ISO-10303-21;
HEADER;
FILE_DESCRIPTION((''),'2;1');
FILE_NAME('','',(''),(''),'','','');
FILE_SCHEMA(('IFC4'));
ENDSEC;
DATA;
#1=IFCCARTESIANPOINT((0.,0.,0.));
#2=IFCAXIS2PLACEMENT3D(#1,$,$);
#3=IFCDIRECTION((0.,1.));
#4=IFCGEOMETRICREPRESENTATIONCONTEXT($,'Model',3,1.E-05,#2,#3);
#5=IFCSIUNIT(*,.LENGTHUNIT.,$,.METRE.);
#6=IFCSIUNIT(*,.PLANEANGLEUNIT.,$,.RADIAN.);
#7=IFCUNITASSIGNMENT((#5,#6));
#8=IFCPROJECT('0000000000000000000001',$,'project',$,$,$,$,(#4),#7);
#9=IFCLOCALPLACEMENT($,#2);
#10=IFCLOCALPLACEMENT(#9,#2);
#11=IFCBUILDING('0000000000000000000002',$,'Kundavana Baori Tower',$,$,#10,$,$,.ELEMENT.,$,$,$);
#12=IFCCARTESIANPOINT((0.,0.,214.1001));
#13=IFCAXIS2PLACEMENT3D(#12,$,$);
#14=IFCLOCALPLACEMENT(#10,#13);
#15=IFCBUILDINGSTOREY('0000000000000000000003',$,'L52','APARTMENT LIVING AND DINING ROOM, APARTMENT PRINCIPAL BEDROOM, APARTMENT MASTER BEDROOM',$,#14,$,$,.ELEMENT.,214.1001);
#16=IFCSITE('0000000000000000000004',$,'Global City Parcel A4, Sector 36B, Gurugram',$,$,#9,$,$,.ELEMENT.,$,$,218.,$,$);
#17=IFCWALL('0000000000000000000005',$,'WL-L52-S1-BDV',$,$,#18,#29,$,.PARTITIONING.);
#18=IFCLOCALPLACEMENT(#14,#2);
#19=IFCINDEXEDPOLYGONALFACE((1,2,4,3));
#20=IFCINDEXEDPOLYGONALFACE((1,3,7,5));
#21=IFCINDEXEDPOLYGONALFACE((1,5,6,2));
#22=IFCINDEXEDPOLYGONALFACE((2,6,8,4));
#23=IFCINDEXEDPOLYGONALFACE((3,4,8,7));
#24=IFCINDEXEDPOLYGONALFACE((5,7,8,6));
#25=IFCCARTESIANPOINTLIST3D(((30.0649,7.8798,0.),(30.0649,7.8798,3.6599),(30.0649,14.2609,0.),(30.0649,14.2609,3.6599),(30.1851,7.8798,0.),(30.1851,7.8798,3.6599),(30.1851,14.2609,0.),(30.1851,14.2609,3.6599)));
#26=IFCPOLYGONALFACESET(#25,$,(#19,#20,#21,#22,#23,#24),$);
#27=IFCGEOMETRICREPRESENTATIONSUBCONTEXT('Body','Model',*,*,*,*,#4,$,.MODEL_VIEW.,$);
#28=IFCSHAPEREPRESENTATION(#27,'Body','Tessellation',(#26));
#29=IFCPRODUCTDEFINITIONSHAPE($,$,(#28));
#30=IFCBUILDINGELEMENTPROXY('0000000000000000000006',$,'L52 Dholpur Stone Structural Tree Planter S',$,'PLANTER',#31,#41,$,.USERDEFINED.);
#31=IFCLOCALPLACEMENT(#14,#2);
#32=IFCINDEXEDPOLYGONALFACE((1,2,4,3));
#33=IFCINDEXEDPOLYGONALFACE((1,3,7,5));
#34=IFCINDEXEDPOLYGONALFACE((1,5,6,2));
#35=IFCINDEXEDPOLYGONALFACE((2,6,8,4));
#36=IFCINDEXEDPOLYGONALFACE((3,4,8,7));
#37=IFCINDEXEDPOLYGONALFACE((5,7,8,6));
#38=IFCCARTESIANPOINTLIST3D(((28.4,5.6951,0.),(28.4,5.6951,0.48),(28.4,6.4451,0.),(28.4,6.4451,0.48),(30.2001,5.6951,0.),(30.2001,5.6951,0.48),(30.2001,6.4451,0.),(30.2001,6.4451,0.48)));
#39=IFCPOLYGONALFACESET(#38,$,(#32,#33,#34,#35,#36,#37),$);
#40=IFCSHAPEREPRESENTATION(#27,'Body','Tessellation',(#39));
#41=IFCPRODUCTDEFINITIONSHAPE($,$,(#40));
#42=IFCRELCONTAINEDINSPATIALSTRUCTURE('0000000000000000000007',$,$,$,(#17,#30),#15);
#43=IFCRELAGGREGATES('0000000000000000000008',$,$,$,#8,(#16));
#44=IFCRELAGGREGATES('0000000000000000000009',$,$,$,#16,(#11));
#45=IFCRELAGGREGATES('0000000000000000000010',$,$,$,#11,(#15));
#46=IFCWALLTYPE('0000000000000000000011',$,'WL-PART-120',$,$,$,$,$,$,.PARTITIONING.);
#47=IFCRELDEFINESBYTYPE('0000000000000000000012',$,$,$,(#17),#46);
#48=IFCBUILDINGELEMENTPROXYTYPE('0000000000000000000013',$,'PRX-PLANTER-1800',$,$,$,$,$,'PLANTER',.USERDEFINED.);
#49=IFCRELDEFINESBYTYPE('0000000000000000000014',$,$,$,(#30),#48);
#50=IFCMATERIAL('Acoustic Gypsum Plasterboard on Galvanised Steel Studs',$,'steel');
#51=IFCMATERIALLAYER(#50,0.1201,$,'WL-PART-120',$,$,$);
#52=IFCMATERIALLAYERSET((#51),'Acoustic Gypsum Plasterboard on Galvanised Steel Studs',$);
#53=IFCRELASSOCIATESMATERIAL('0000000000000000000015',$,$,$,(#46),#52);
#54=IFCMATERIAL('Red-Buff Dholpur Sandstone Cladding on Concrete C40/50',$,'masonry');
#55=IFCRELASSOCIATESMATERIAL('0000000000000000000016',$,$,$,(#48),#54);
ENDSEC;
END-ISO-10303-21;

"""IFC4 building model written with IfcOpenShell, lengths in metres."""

from ifc_helpers import new_model, si_unit, direction, frame, frame_2d, origin, origin_2d, place, context, subcontext, project, spatial, rectangle, extrude, material, layer, layer_set, type_object, element, save


model = new_model("IFC4")

# Units and contexts
model_context = context("Model", 3, precision=1e-05, world=origin(), true_north=direction((0.0, 1.0)))
body_context = subcontext(model_context, "Body", "Model", "MODEL_VIEW")
ifc_project = project(units=[si_unit("LENGTHUNIT", "METRE"), si_unit("PLANEANGLEUNIT", "RADIAN")], contexts=[model_context])

# Site, building, storey
site_placement = place(None, origin())
site = spatial("IfcSite", under=ifc_project, at=site_placement, Name="Global City Parcel A4, Sector 36B, Gurugram", CompositionType="ELEMENT", RefElevation=218.0)
building_placement = place(site_placement, origin())
building = spatial("IfcBuilding", under=site, at=building_placement, Name="Kundavana Baori Tower", CompositionType="ELEMENT")
storey_placement = place(building_placement, frame((0.0, 0.0, 214.1001)))
storey = spatial("IfcBuildingStorey", under=building, at=storey_placement, Name="L52", Description="APARTMENT LIVING AND DINING ROOM, APARTMENT PRINCIPAL BEDROOM, APARTMENT MASTER BEDROOM", CompositionType="ELEMENT", Elevation=214.1001)

# Shared definitions
ifc_material_1 = material(Name="Acoustic Gypsum Plasterboard on Galvanised Steel Studs", Category="steel")
ifc_layer_1 = layer(ifc_material_1, 0.1201, Name="WL-PART-120")
ifc_layer_set_1 = layer_set([ifc_layer_1], Name="Acoustic Gypsum Plasterboard on Galvanised Steel Studs")
wall_type = type_object("IfcWallType", Name="WL-PART-120", PredefinedType="PARTITIONING", material=ifc_layer_set_1)

# Wall
wall_1_placement = place(storey_placement, frame((30.125, 7.8799, 0.0), z_axis=(0.0, 0.0, 1.0), x_axis=(0.0, 1.0, 0.0)))
element("IfcWall", 1, at=wall_1_placement, inside=storey, type_object=wall_type, Name="WL-L52-S1-BDV", PredefinedType="PARTITIONING", context=body_context, shape_type="SweptSolid", body=[
    extrude(rectangle(XDim=6.3811, YDim=0.1201, at=frame_2d((3.1904, 0.0))), origin(), (0.0, 0.0, 1.0), 3.6599),
])

# Building element proxy
ifc_material_2 = material(Name="Red-Buff Dholpur Sandstone Cladding on Concrete C40/50", Category="masonry")
building_element_proxy_type = type_object("IfcBuildingElementProxyType", Name="PRX-PLANTER-1800", ElementType="PLANTER", PredefinedType="USERDEFINED", material=ifc_material_2)
proxy_placement = place(storey_placement, frame((29.3, 6.0701, 0.0), z_axis=(0.0, 0.0, 1.0), x_axis=(1.0, 0.0, 0.0)))
element("IfcBuildingElementProxy", 2, at=proxy_placement, inside=storey, type_object=building_element_proxy_type, Name="L52 Dholpur Stone Structural Tree Planter S", ObjectType="PLANTER", PredefinedType="USERDEFINED", context=body_context, shape_type="SweptSolid", body=[
    extrude(rectangle(XDim=1.8, YDim=0.75, at=origin_2d()), origin(), (0.0, 0.0, 1.0), 0.48),
])

save(model, "model.ifc")
